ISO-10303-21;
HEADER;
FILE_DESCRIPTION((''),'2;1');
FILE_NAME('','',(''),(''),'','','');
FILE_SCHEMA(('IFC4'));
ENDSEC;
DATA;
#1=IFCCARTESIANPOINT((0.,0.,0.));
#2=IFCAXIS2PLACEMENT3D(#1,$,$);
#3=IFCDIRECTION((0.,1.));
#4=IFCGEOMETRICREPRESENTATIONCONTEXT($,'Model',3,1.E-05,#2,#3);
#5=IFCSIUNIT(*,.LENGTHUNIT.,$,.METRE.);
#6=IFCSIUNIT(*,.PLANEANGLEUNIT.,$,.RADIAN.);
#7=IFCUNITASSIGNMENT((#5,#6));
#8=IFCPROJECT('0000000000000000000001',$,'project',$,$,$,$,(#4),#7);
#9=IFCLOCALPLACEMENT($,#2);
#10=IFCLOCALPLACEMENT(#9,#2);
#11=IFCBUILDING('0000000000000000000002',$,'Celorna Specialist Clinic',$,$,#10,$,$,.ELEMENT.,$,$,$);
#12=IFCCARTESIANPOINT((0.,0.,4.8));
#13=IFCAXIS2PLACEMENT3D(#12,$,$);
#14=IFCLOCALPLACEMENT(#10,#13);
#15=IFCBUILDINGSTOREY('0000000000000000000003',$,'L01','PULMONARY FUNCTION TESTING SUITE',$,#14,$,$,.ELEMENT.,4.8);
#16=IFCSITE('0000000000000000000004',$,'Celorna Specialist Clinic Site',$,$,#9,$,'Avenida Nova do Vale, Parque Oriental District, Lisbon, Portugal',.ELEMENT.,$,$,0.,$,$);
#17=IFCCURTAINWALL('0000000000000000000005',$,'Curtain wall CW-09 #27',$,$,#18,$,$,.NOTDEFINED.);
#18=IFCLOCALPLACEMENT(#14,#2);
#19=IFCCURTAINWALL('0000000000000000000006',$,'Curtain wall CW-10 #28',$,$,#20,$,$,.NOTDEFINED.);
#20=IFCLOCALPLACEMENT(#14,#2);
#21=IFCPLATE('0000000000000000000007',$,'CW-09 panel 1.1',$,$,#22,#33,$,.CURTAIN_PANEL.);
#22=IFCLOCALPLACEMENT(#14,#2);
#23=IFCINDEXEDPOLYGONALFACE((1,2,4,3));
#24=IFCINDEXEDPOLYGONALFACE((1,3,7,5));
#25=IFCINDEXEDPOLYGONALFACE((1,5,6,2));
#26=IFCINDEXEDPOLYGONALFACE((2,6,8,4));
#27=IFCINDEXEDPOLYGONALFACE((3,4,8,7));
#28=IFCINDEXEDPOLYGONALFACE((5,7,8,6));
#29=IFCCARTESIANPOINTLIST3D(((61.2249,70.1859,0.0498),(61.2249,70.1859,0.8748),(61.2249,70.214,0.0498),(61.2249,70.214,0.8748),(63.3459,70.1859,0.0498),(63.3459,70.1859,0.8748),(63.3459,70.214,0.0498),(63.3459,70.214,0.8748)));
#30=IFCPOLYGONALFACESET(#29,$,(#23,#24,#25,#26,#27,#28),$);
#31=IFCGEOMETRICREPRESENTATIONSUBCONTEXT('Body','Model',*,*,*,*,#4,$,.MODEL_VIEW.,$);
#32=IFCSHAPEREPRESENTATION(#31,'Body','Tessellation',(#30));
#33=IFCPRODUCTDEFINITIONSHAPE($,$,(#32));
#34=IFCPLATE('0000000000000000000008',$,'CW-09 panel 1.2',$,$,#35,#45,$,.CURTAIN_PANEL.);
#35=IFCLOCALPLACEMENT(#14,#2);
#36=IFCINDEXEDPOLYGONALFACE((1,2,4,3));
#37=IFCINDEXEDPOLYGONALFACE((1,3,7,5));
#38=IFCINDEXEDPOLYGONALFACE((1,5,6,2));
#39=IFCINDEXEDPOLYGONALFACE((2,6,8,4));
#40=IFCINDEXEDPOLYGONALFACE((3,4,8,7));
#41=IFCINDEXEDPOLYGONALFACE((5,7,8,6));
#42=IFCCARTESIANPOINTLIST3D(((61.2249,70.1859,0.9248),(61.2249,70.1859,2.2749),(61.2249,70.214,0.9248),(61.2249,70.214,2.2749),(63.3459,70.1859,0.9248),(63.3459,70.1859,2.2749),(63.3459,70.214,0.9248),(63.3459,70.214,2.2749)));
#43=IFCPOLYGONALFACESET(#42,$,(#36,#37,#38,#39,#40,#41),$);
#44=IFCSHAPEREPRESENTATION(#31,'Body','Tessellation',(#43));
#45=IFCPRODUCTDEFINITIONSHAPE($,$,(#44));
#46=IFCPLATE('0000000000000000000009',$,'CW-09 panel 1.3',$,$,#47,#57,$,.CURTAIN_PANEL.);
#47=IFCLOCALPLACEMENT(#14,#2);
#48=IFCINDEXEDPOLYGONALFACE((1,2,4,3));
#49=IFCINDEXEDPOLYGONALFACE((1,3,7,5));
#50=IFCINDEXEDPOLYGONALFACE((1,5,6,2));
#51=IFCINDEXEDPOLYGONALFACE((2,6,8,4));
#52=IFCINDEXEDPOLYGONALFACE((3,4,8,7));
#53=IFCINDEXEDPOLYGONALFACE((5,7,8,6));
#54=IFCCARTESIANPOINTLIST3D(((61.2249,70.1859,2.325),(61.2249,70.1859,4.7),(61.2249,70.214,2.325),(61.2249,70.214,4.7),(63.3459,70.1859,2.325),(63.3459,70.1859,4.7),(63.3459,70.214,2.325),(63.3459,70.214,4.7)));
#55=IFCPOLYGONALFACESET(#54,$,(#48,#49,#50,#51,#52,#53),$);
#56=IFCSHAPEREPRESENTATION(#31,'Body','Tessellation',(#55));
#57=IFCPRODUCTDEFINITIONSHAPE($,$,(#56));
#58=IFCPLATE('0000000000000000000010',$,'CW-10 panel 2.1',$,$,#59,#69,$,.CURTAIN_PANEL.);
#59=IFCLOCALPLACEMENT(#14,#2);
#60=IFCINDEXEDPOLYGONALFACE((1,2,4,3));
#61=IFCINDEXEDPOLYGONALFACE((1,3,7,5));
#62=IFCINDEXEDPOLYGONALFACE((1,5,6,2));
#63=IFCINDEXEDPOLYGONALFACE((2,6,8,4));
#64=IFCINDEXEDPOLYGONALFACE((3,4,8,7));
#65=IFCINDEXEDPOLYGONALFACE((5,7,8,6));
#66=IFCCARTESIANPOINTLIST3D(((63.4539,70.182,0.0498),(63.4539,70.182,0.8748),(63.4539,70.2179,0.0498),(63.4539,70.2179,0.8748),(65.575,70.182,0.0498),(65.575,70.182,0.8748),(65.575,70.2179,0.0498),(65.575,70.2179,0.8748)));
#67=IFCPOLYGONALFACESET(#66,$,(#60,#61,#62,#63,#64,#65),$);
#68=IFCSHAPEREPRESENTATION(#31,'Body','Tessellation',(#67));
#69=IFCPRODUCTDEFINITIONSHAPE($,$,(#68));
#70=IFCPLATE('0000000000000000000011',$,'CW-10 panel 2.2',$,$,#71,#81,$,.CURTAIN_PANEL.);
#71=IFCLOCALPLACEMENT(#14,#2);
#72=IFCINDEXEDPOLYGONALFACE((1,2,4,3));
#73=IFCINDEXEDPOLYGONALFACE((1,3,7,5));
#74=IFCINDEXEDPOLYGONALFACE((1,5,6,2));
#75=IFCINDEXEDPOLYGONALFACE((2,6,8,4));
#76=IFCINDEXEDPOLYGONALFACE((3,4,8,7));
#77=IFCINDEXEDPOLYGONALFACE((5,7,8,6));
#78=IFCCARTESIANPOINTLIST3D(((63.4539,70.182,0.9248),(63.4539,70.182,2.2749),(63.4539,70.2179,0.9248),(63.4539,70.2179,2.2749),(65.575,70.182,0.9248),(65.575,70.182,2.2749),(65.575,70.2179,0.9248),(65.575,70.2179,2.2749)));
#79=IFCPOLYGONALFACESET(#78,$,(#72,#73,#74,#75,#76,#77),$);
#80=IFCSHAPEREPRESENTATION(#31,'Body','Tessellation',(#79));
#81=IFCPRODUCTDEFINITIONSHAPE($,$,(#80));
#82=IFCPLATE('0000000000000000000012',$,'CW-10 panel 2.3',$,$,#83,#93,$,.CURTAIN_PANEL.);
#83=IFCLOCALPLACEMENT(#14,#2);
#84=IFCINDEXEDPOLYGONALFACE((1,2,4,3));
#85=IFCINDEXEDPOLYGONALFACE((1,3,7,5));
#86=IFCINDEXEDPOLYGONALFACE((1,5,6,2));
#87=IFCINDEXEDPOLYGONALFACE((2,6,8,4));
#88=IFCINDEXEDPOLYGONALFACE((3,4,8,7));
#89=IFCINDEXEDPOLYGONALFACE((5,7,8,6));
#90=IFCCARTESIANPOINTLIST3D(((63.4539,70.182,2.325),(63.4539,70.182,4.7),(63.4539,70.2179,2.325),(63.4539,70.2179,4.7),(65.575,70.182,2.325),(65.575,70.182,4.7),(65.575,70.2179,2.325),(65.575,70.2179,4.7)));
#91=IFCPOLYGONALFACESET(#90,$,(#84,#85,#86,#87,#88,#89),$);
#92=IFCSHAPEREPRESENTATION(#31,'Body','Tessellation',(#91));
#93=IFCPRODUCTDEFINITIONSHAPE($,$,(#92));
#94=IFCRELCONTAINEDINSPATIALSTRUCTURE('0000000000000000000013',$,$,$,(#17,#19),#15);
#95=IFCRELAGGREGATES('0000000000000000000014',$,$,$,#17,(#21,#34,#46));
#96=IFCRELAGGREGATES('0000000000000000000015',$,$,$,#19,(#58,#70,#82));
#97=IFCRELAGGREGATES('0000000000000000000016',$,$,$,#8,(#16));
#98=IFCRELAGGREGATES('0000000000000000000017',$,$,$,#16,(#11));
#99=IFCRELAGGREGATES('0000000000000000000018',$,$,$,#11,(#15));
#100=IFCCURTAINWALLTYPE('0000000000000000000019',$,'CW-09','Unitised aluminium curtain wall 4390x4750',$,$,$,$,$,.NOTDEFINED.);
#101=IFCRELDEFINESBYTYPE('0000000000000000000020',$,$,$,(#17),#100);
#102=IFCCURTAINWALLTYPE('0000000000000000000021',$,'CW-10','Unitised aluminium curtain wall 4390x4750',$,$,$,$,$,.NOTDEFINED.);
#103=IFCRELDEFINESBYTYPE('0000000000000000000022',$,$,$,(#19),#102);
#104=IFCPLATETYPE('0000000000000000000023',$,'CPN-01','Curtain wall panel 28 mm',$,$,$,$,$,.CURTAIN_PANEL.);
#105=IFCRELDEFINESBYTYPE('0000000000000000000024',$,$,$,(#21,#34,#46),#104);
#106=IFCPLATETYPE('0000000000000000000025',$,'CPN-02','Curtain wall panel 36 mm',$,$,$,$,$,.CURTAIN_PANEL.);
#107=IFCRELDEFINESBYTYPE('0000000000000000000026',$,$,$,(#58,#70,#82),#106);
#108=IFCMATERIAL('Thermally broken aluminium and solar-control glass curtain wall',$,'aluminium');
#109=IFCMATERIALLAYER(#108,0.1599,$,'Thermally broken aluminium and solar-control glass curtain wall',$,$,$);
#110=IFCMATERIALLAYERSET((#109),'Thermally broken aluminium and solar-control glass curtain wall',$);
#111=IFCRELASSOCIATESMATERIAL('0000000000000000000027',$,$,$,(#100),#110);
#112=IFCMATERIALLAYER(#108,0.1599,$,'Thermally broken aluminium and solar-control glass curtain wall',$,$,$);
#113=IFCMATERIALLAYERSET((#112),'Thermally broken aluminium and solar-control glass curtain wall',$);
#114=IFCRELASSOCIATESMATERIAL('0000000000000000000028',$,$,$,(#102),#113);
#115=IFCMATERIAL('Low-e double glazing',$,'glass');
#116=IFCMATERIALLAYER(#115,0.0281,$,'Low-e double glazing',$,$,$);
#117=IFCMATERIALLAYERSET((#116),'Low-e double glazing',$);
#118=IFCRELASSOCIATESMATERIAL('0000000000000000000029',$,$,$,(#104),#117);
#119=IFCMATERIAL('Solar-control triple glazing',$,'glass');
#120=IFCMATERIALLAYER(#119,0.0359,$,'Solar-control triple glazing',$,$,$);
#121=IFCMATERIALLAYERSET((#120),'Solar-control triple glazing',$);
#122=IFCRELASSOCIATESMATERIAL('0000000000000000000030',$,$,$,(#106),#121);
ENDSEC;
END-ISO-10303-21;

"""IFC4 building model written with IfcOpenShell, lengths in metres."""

from ifc_helpers import new_model, si_unit, direction, frame, origin, origin_2d, place, context, subcontext, project, spatial, rectangle, extrude, material, layer, layer_set, type_object, element, aggregate, save


model = new_model("IFC4")

# Units and contexts
model_context = context("Model", 3, precision=1e-05, world=origin(), true_north=direction((0.0, 1.0)))
body_context = subcontext(model_context, "Body", "Model", "MODEL_VIEW")
ifc_project = project(units=[si_unit("LENGTHUNIT", "METRE"), si_unit("PLANEANGLEUNIT", "RADIAN")], contexts=[model_context])

# Site, building, storey
site_placement = place(None, origin())
site = spatial("IfcSite", under=ifc_project, at=site_placement, Name="Celorna Specialist Clinic Site", LongName="Avenida Nova do Vale, Parque Oriental District, Lisbon, Portugal", CompositionType="ELEMENT", RefElevation=0.0)
building_placement = place(site_placement, origin())
building = spatial("IfcBuilding", under=site, at=building_placement, Name="Celorna Specialist Clinic", CompositionType="ELEMENT")
storey_placement = place(building_placement, frame((0.0, 0.0, 4.8)))
storey = spatial("IfcBuildingStorey", under=building, at=storey_placement, Name="L01", Description="PULMONARY FUNCTION TESTING SUITE", CompositionType="ELEMENT", Elevation=4.8)

# Curtain wall
ifc_material_1 = material(Name="Thermally broken aluminium and solar-control glass curtain wall", Category="aluminium")
ifc_layer_1 = layer(ifc_material_1, 0.1599, Name="Thermally broken aluminium and solar-control glass curtain wall")
ifc_layer_set_1 = layer_set([ifc_layer_1], Name="Thermally broken aluminium and solar-control glass curtain wall")
curtain_wall_type_1 = type_object("IfcCurtainWallType", Name="CW-09", Description="Unitised aluminium curtain wall 4390x4750", PredefinedType="NOTDEFINED", material=ifc_layer_set_1)
curtain_wall_1_placement = place(storey_placement, origin())
curtain_wall_1 = element("IfcCurtainWall", 1, at=curtain_wall_1_placement, inside=storey, type_object=curtain_wall_type_1, Name="Curtain wall CW-09 #27", PredefinedType="NOTDEFINED")

# Curtain wall
ifc_layer_2 = layer(ifc_material_1, 0.1599, Name="Thermally broken aluminium and solar-control glass curtain wall")
ifc_layer_set_2 = layer_set([ifc_layer_2], Name="Thermally broken aluminium and solar-control glass curtain wall")
curtain_wall_type_2 = type_object("IfcCurtainWallType", Name="CW-10", Description="Unitised aluminium curtain wall 4390x4750", PredefinedType="NOTDEFINED", material=ifc_layer_set_2)
curtain_wall_2_placement = place(storey_placement, origin())
curtain_wall_2 = element("IfcCurtainWall", 2, at=curtain_wall_2_placement, inside=storey, type_object=curtain_wall_type_2, Name="Curtain wall CW-10 #28", PredefinedType="NOTDEFINED")

# Plates
ifc_material_2 = material(Name="Low-e double glazing", Category="glass")
ifc_layer_3 = layer(ifc_material_2, 0.0281, Name="Low-e double glazing")
ifc_layer_set_3 = layer_set([ifc_layer_3], Name="Low-e double glazing")
plate_type_1 = type_object("IfcPlateType", Name="CPN-01", Description="Curtain wall panel 28 mm", PredefinedType="CURTAIN_PANEL", material=ifc_layer_set_3)
plate_1_placement = place(storey_placement, frame((62.2854, 70.2, 0.0498), z_axis=(0.0, 0.0, 1.0), x_axis=(-1.0, 0.0, 0.0)))
plate_1 = element("IfcPlate", 3, at=plate_1_placement, type_object=plate_type_1, Name="CW-09 panel 1.1", PredefinedType="CURTAIN_PANEL", context=body_context, shape_type="SweptSolid", body=[
    extrude(rectangle(XDim=2.1211, YDim=0.0281, at=origin_2d()), origin(), (0.0, 0.0, 1.0), 0.825),
])
plate_2_placement = place(storey_placement, frame((62.2854, 70.2, 0.9248), z_axis=(0.0, 0.0, 1.0), x_axis=(-1.0, 0.0, 0.0)))
plate_2 = element("IfcPlate", 4, at=plate_2_placement, type_object=plate_type_1, Name="CW-09 panel 1.2", PredefinedType="CURTAIN_PANEL", context=body_context, shape_type="SweptSolid", body=[
    extrude(rectangle(XDim=2.1211, YDim=0.0281, at=origin_2d()), origin(), (0.0, 0.0, 1.0), 1.3501),
])
plate_3_placement = place(storey_placement, frame((62.2854, 70.2, 2.325), z_axis=(0.0, 0.0, 1.0), x_axis=(-1.0, 0.0, 0.0)))
plate_3 = element("IfcPlate", 5, at=plate_3_placement, type_object=plate_type_1, Name="CW-09 panel 1.3", PredefinedType="CURTAIN_PANEL", context=body_context, shape_type="SweptSolid", body=[
    extrude(rectangle(XDim=2.1211, YDim=0.0281, at=origin_2d()), origin(), (0.0, 0.0, 1.0), 2.375),
])
aggregate(curtain_wall_1, [plate_1, plate_2, plate_3])
ifc_material_3 = material(Name="Solar-control triple glazing", Category="glass")
ifc_layer_4 = layer(ifc_material_3, 0.0359, Name="Solar-control triple glazing")
ifc_layer_set_4 = layer_set([ifc_layer_4], Name="Solar-control triple glazing")
plate_type_2 = type_object("IfcPlateType", Name="CPN-02", Description="Curtain wall panel 36 mm", PredefinedType="CURTAIN_PANEL", material=ifc_layer_set_4)
plate_4_placement = place(storey_placement, frame((64.5144, 70.2, 0.0498), z_axis=(0.0, 0.0, 1.0), x_axis=(-1.0, 0.0, 0.0)))
plate_4 = element("IfcPlate", 6, at=plate_4_placement, type_object=plate_type_2, Name="CW-10 panel 2.1", PredefinedType="CURTAIN_PANEL", context=body_context, shape_type="SweptSolid", body=[
    extrude(rectangle(XDim=2.1211, YDim=0.0359, at=origin_2d()), origin(), (0.0, 0.0, 1.0), 0.825),
])
plate_5_placement = place(storey_placement, frame((64.5144, 70.2, 0.9248), z_axis=(0.0, 0.0, 1.0), x_axis=(-1.0, 0.0, 0.0)))
plate_5 = element("IfcPlate", 7, at=plate_5_placement, type_object=plate_type_2, Name="CW-10 panel 2.2", PredefinedType="CURTAIN_PANEL", context=body_context, shape_type="SweptSolid", body=[
    extrude(rectangle(XDim=2.1211, YDim=0.0359, at=origin_2d()), origin(), (0.0, 0.0, 1.0), 1.3501),
])
plate_6_placement = place(storey_placement, frame((64.5144, 70.2, 2.325), z_axis=(0.0, 0.0, 1.0), x_axis=(-1.0, 0.0, 0.0)))
plate_6 = element("IfcPlate", 8, at=plate_6_placement, type_object=plate_type_2, Name="CW-10 panel 2.3", PredefinedType="CURTAIN_PANEL", context=body_context, shape_type="SweptSolid", body=[
    extrude(rectangle(XDim=2.1211, YDim=0.0359, at=origin_2d()), origin(), (0.0, 0.0, 1.0), 2.375),
])
aggregate(curtain_wall_2, [plate_4, plate_5, plate_6])

save(model, "model.ifc")
